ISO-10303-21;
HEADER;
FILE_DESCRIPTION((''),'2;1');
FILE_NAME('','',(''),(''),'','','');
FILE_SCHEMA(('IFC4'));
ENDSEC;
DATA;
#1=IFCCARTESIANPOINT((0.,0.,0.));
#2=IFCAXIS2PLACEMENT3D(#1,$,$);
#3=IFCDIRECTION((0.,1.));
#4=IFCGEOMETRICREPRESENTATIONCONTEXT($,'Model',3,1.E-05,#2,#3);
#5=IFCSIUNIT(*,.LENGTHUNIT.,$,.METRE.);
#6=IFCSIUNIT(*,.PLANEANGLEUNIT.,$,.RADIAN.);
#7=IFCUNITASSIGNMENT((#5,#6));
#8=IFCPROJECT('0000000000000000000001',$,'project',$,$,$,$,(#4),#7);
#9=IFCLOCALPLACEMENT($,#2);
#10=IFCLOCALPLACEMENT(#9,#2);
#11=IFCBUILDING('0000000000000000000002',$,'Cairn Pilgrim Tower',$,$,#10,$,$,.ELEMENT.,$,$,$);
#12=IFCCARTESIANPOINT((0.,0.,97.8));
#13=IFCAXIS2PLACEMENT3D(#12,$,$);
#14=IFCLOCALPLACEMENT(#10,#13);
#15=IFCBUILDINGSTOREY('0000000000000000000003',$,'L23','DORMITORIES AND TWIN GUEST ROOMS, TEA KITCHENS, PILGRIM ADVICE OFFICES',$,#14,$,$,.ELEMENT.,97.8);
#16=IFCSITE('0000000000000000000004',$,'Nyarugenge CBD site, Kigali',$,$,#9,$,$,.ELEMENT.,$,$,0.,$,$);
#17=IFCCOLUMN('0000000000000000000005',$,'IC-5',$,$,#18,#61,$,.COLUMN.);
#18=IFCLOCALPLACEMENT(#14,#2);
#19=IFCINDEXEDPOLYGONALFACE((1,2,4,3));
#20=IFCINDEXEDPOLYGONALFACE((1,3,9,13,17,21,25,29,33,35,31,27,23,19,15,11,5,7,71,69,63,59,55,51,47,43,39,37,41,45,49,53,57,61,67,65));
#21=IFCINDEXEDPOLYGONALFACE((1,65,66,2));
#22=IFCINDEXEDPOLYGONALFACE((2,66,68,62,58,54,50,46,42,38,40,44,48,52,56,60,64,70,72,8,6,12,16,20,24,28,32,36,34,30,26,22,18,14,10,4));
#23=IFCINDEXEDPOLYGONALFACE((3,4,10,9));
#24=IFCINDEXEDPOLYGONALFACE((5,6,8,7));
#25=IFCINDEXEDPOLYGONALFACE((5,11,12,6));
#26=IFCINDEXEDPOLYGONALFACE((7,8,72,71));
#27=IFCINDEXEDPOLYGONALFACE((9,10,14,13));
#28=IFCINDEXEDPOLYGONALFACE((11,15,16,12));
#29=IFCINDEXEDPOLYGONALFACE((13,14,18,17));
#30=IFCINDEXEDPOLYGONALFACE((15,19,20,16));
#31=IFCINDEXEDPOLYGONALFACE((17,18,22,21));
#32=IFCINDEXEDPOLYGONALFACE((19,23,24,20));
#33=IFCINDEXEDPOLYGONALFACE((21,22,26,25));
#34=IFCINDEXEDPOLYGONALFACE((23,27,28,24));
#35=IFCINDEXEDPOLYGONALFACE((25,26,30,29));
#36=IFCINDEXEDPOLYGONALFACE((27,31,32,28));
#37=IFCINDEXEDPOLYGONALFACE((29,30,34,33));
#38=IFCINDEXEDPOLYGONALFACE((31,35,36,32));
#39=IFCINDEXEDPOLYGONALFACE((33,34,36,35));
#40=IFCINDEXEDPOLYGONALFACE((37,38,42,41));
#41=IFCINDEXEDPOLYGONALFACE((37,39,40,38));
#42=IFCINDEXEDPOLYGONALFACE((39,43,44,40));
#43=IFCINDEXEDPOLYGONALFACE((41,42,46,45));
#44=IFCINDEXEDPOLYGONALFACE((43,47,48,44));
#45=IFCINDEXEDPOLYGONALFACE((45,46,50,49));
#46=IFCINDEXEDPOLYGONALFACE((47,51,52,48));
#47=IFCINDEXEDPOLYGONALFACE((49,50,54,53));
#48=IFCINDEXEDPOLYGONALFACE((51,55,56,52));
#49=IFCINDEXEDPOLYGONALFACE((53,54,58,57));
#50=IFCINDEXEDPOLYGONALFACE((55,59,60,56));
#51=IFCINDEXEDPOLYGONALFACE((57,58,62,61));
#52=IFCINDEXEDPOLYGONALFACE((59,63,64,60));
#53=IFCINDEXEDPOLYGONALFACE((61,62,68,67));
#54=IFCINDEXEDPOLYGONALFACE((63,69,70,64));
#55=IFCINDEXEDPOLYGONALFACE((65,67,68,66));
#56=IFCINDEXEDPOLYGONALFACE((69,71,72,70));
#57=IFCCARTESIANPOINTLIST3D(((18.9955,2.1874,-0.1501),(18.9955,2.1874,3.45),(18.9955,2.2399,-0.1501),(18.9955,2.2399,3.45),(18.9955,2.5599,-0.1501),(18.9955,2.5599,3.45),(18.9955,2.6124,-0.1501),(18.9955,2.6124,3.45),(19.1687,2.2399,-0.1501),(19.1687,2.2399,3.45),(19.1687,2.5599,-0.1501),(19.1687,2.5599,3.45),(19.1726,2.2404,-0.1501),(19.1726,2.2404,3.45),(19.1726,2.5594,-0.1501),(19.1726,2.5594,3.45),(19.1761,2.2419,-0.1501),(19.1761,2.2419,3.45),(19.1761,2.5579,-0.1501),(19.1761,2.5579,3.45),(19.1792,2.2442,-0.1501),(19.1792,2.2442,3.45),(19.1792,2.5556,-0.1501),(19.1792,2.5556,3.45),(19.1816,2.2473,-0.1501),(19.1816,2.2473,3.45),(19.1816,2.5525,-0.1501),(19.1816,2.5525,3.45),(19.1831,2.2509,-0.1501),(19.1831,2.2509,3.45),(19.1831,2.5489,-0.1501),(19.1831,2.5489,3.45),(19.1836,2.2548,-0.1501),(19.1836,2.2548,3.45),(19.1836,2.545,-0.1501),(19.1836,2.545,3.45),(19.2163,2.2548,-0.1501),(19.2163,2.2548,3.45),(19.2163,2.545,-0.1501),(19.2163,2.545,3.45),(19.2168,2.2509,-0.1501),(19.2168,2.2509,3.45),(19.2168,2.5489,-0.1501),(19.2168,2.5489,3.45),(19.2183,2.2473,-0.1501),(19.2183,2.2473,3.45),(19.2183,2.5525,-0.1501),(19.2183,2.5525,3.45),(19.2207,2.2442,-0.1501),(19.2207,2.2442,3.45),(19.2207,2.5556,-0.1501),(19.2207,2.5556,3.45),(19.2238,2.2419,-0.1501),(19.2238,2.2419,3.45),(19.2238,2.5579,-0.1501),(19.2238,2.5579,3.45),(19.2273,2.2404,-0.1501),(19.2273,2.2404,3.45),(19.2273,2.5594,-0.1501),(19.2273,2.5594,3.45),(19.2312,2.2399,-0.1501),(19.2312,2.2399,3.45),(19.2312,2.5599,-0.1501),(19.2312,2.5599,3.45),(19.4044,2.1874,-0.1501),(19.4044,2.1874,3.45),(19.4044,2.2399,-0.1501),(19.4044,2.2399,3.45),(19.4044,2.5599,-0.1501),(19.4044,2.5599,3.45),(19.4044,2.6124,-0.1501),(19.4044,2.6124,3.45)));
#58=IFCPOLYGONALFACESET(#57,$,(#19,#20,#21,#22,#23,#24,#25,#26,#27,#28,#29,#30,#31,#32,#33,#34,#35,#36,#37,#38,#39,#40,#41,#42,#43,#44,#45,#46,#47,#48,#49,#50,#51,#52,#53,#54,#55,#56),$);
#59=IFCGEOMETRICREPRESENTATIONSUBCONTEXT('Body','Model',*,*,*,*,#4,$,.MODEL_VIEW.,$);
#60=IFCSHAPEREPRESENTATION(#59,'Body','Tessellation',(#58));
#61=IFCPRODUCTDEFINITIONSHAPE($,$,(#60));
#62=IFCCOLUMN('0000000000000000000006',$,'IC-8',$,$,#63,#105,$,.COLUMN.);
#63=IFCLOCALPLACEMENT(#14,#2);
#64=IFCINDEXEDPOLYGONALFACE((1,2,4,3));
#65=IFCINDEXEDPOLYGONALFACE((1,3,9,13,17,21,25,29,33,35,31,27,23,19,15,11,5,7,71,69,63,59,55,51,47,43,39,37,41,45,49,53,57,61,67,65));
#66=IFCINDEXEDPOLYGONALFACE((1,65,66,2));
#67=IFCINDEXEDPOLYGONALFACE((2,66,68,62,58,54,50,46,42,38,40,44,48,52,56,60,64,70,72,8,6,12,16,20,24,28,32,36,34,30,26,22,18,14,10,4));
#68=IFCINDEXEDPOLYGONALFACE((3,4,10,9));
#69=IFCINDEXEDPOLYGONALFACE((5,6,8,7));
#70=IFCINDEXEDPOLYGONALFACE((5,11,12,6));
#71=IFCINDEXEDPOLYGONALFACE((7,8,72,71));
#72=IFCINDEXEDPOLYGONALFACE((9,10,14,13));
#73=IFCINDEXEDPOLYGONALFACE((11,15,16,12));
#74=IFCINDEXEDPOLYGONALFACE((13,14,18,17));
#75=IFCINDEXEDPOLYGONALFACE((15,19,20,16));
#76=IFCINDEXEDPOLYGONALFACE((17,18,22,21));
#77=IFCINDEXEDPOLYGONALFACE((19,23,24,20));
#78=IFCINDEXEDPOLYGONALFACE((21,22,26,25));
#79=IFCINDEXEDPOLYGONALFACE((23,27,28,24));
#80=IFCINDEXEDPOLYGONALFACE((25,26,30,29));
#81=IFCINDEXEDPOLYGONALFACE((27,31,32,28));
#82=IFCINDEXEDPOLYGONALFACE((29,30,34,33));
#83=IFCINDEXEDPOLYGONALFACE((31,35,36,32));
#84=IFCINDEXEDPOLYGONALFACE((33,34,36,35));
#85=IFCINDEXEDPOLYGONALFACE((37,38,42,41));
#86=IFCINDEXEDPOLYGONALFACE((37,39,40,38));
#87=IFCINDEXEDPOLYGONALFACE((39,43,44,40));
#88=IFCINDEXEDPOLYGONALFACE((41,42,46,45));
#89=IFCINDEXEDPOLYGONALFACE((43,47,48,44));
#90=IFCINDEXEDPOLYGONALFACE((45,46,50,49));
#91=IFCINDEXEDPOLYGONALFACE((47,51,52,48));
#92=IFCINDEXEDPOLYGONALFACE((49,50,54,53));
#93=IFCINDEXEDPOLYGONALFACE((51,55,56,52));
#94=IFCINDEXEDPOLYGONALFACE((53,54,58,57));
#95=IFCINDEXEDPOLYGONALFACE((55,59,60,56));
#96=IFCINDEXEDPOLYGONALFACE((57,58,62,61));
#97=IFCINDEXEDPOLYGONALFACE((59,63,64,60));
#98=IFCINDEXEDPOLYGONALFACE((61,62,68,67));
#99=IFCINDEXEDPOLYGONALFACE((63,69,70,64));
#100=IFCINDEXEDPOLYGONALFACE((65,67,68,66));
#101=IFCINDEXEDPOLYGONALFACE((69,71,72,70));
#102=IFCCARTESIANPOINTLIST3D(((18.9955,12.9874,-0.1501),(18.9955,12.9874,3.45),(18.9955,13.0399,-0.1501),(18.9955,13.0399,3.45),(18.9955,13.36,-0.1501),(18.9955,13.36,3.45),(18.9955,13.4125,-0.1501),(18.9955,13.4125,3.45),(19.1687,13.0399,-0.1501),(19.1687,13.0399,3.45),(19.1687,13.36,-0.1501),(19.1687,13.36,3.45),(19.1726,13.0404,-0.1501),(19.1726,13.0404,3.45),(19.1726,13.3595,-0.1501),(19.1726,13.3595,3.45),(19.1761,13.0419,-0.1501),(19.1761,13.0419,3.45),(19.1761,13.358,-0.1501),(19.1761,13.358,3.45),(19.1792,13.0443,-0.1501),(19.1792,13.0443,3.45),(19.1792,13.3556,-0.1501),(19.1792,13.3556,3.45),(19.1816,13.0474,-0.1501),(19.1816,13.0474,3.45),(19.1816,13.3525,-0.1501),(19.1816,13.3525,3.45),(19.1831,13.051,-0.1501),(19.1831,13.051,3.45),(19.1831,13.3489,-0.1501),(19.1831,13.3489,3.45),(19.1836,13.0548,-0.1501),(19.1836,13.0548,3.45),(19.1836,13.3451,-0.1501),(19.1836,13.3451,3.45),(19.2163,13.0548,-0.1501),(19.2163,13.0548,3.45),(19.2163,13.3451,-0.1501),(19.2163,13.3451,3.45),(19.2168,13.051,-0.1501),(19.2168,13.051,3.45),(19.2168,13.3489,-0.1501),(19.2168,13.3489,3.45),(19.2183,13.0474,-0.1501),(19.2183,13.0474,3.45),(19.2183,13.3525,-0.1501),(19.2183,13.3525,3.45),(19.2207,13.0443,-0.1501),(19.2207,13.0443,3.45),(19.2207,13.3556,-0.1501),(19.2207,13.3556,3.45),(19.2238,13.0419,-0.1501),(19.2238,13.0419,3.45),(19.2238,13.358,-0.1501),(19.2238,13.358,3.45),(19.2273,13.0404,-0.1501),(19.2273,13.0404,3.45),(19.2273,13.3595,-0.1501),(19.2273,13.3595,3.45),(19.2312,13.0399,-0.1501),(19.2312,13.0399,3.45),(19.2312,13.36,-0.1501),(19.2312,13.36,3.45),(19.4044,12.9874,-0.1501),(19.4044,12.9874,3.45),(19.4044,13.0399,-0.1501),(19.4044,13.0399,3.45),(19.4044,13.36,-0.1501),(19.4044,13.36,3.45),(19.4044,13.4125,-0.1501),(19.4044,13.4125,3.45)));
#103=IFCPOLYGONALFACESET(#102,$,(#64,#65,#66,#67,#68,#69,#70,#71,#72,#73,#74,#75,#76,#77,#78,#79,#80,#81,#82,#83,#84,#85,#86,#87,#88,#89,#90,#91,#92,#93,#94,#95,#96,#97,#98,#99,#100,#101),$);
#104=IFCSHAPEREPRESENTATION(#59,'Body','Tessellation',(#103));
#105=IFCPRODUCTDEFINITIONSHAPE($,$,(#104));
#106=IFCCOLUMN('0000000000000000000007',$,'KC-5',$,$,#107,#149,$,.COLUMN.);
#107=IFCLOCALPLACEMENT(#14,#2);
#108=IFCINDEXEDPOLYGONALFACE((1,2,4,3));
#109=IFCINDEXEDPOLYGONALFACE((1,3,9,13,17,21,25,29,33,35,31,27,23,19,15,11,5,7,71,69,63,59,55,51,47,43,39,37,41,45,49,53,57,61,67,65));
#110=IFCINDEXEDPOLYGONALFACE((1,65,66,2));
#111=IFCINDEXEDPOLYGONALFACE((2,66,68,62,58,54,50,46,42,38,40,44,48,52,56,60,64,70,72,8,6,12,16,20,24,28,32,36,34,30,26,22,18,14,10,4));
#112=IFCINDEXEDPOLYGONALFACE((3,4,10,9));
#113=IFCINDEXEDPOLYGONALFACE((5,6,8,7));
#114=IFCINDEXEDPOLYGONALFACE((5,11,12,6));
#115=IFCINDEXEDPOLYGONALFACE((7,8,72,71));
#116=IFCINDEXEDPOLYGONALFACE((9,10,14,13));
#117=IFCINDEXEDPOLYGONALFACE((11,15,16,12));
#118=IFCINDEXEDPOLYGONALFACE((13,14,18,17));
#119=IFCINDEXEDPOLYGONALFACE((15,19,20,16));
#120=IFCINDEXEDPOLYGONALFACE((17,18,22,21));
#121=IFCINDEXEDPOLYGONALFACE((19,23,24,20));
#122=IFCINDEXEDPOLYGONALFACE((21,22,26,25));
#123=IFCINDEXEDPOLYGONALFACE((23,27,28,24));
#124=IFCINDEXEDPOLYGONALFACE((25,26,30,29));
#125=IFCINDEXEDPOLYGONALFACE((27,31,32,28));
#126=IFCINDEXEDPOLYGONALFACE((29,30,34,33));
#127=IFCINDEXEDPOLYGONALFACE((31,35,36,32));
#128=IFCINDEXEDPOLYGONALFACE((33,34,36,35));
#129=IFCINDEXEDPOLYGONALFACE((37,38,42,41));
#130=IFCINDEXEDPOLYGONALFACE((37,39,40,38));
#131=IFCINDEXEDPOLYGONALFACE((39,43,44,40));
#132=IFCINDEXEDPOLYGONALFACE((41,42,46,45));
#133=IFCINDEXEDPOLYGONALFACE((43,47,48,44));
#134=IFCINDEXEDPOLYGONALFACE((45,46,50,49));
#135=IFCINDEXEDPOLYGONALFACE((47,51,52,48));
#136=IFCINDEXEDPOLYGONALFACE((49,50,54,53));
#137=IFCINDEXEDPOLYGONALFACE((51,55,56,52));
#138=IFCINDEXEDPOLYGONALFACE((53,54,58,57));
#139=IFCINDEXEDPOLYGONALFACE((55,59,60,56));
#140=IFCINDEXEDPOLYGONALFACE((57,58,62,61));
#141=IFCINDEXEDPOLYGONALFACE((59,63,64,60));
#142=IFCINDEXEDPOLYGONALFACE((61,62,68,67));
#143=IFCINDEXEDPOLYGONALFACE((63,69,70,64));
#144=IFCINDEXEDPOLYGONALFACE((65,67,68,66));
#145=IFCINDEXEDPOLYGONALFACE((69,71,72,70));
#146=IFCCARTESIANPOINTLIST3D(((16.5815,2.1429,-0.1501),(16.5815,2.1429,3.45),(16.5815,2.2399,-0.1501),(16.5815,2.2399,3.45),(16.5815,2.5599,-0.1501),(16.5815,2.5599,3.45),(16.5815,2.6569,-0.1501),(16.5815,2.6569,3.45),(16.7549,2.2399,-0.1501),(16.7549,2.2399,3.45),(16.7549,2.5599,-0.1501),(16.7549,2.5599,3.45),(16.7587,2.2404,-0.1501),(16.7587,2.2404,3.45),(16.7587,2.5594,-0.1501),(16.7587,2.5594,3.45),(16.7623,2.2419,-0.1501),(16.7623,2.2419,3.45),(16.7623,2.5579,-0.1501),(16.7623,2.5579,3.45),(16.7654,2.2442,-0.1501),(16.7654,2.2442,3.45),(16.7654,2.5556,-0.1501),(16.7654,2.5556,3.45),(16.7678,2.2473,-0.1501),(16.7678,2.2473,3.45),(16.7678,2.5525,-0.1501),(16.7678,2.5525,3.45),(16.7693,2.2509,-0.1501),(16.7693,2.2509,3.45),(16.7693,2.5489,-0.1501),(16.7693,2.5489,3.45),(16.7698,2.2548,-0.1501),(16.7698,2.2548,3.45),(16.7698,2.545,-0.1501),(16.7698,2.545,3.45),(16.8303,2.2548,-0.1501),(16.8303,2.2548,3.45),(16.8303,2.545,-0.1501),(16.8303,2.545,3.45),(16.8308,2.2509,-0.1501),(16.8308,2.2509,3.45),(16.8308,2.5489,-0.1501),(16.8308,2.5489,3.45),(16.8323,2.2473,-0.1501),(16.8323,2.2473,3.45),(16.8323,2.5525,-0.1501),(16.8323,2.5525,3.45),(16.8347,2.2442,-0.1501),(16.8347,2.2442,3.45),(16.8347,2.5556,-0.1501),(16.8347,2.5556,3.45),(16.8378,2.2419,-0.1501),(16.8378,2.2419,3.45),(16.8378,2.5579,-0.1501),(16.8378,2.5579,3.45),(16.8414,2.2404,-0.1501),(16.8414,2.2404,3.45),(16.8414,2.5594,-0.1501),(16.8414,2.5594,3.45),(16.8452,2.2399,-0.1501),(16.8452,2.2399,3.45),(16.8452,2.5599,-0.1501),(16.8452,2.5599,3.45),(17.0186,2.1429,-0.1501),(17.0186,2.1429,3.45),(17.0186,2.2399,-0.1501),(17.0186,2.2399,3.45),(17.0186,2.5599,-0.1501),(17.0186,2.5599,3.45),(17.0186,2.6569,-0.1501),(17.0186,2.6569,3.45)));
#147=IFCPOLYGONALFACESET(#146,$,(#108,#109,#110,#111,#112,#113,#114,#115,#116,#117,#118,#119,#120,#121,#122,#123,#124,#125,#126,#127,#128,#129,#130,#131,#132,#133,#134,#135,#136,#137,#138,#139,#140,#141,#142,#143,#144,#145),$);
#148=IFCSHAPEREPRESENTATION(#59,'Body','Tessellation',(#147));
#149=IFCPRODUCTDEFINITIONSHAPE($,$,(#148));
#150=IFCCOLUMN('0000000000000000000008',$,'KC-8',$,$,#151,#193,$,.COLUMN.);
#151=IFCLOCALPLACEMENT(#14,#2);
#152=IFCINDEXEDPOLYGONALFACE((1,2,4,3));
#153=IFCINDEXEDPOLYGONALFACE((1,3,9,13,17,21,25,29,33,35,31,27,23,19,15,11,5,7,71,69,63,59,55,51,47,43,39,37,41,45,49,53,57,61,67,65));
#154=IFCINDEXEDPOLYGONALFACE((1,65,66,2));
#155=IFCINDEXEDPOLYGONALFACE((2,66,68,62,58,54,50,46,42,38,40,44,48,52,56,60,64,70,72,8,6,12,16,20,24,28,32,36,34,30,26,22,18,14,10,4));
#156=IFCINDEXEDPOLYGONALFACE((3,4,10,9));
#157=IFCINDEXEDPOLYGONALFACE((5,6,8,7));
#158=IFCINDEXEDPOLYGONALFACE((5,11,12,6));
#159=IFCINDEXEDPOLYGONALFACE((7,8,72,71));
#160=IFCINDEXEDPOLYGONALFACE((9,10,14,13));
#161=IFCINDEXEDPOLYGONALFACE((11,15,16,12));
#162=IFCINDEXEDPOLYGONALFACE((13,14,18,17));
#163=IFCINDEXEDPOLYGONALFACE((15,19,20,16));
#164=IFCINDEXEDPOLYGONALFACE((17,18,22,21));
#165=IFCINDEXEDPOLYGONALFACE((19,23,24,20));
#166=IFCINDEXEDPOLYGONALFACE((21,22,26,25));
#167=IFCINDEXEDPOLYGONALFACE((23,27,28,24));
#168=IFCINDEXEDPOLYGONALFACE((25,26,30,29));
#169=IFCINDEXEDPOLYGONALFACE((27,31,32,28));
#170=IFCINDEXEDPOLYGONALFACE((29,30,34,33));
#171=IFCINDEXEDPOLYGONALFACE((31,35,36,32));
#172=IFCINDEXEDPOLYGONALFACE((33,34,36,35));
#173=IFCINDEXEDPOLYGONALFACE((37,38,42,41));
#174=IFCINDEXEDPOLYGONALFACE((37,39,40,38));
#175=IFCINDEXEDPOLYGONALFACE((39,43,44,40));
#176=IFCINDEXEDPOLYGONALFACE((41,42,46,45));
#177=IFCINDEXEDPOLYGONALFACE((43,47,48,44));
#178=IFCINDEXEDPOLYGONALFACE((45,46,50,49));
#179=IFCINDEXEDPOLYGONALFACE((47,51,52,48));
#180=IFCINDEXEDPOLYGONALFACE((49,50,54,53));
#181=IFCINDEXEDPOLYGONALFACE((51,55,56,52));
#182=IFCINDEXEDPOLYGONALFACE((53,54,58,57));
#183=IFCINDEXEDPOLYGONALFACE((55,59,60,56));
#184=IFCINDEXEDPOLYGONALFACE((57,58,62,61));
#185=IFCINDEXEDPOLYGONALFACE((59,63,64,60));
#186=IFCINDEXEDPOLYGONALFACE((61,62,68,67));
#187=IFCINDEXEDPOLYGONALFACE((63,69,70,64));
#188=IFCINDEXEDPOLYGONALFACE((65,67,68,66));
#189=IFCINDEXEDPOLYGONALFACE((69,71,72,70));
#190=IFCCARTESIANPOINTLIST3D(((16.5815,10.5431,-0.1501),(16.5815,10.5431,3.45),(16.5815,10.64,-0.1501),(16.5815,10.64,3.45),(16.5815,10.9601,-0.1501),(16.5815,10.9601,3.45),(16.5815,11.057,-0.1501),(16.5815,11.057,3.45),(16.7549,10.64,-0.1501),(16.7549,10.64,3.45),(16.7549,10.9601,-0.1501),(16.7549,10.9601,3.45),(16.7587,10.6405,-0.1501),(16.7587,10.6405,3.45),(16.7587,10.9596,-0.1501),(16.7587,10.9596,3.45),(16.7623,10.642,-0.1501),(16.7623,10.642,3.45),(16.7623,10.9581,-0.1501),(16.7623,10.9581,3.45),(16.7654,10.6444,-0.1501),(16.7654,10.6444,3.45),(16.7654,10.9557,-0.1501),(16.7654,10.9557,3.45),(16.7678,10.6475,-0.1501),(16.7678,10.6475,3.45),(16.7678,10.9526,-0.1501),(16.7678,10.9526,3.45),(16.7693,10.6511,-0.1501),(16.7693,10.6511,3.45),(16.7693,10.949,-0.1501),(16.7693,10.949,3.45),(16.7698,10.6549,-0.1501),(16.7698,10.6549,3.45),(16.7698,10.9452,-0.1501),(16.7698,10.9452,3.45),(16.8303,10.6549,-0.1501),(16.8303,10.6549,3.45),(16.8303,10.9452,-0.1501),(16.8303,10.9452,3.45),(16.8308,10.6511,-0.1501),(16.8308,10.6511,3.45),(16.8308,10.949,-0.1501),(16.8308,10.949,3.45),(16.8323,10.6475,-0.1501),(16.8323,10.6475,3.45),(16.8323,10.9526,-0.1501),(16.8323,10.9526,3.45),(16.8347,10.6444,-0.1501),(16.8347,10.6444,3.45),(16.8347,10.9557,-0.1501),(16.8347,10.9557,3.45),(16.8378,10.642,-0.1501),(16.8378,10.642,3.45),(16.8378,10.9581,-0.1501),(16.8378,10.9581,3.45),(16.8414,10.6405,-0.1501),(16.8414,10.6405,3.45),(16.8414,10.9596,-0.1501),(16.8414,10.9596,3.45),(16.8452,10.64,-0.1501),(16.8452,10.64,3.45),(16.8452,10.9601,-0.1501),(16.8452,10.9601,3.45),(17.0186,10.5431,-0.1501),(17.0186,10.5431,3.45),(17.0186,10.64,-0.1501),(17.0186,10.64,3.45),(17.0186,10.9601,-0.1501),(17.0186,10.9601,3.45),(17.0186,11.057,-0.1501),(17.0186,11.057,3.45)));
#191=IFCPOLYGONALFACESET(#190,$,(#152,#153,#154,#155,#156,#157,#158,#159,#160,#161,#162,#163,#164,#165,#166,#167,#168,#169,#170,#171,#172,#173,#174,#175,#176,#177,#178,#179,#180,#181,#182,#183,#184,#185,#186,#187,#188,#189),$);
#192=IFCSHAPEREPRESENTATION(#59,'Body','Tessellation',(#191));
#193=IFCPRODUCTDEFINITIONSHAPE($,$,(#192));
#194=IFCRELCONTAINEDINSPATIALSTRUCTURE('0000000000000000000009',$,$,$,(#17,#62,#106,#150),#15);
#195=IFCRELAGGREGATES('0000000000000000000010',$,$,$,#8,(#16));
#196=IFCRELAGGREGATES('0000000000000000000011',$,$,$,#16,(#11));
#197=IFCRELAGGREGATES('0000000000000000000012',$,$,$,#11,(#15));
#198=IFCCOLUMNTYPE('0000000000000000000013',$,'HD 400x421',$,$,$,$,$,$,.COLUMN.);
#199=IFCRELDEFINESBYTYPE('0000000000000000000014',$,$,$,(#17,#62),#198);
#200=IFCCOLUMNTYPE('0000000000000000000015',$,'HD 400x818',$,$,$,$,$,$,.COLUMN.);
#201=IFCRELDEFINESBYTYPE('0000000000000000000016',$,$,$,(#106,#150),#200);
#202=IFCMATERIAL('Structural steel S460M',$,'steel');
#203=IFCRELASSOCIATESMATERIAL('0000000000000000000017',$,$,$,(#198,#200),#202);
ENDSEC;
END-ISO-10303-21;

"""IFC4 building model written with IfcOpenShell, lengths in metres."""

from ifc_helpers import new_model, si_unit, direction, frame, origin, origin_2d, place, context, subcontext, project, spatial, i_section, extrude, material, material_profile, profile_set, type_object, element, save


model = new_model("IFC4")

# Units and contexts
model_context = context("Model", 3, precision=1e-05, world=origin(), true_north=direction((0.0, 1.0)))
body_context = subcontext(model_context, "Body", "Model", "MODEL_VIEW")
ifc_project = project(units=[si_unit("LENGTHUNIT", "METRE"), si_unit("PLANEANGLEUNIT", "RADIAN")], contexts=[model_context])

# Site, building, storey
site_placement = place(None, origin())
site = spatial("IfcSite", under=ifc_project, at=site_placement, Name="Nyarugenge CBD site, Kigali", CompositionType="ELEMENT", RefElevation=0.0)
building_placement = place(site_placement, origin())
building = spatial("IfcBuilding", under=site, at=building_placement, Name="Cairn Pilgrim Tower", CompositionType="ELEMENT")
storey_placement = place(building_placement, frame((0.0, 0.0, 97.8)))
storey = spatial("IfcBuildingStorey", under=building, at=storey_placement, Name="L23", Description="DORMITORIES AND TWIN GUEST ROOMS, TEA KITCHENS, PILGRIM ADVICE OFFICES", CompositionType="ELEMENT", Elevation=97.8)

# Columns
ifc_material_1 = material(Name="Structural steel S460M", Category="steel")
ifc_material_profile_1 = material_profile(ifc_material_1, i_section(OverallWidth=0.4089, OverallDepth=0.425, WebThickness=0.0327, FlangeThickness=0.0525, FilletRadius=0.0149, at=origin_2d()), Name="HD 400x421")
ifc_profile_set_1 = profile_set([ifc_material_profile_1], Name="Structural steel S460M")
column_type_1 = type_object("IfcColumnType", Name="HD 400x421", PredefinedType="COLUMN", material=ifc_profile_set_1)
for number, where, z_axis, x_axis, name in (
    (1, (19.2, 2.3999, -0.1501), (0.0, 0.0, 1.0), (1.0, 0.0, 0.0), "IC-5"),
    (2, (19.2, 13.2, -0.1501), (0.0, 0.0, 1.0), (1.0, 0.0, 0.0), "IC-8"),
):
    element("IfcColumn", number, at=place(storey_placement, frame(where, z_axis=z_axis, x_axis=x_axis)), inside=storey, type_object=column_type_1, Name=name, PredefinedType="COLUMN", context=body_context, shape_type="SweptSolid", body=[
        extrude(i_section(OverallWidth=0.4089, OverallDepth=0.425, WebThickness=0.0327, FlangeThickness=0.0525, FilletRadius=0.0149, at=origin_2d()), origin(), (0.0, 0.0, 1.0), 3.6001),
    ])
ifc_material_profile_2 = material_profile(ifc_material_1, i_section(OverallWidth=0.437, OverallDepth=0.5139, WebThickness=0.0605, FlangeThickness=0.0969, FilletRadius=0.0149, at=origin_2d()), Name="HD 400x818")
ifc_profile_set_2 = profile_set([ifc_material_profile_2], Name="Structural steel S460M")
column_type_2 = type_object("IfcColumnType", Name="HD 400x818", PredefinedType="COLUMN", material=ifc_profile_set_2)
for number, where, z_axis, x_axis, name in (
    (3, (16.8, 2.3999, -0.1501), (0.0, 0.0, 1.0), (1.0, 0.0, 0.0), "KC-5"),
    (4, (16.8, 10.8, -0.1501), (0.0, 0.0, 1.0), (1.0, 0.0, 0.0), "KC-8"),
):
    element("IfcColumn", number, at=place(storey_placement, frame(where, z_axis=z_axis, x_axis=x_axis)), inside=storey, type_object=column_type_2, Name=name, PredefinedType="COLUMN", context=body_context, shape_type="SweptSolid", body=[
        extrude(i_section(OverallWidth=0.437, OverallDepth=0.5139, WebThickness=0.0605, FlangeThickness=0.0969, FilletRadius=0.0149, at=origin_2d()), origin(), (0.0, 0.0, 1.0), 3.6001),
    ])

save(model, "model.ifc")
